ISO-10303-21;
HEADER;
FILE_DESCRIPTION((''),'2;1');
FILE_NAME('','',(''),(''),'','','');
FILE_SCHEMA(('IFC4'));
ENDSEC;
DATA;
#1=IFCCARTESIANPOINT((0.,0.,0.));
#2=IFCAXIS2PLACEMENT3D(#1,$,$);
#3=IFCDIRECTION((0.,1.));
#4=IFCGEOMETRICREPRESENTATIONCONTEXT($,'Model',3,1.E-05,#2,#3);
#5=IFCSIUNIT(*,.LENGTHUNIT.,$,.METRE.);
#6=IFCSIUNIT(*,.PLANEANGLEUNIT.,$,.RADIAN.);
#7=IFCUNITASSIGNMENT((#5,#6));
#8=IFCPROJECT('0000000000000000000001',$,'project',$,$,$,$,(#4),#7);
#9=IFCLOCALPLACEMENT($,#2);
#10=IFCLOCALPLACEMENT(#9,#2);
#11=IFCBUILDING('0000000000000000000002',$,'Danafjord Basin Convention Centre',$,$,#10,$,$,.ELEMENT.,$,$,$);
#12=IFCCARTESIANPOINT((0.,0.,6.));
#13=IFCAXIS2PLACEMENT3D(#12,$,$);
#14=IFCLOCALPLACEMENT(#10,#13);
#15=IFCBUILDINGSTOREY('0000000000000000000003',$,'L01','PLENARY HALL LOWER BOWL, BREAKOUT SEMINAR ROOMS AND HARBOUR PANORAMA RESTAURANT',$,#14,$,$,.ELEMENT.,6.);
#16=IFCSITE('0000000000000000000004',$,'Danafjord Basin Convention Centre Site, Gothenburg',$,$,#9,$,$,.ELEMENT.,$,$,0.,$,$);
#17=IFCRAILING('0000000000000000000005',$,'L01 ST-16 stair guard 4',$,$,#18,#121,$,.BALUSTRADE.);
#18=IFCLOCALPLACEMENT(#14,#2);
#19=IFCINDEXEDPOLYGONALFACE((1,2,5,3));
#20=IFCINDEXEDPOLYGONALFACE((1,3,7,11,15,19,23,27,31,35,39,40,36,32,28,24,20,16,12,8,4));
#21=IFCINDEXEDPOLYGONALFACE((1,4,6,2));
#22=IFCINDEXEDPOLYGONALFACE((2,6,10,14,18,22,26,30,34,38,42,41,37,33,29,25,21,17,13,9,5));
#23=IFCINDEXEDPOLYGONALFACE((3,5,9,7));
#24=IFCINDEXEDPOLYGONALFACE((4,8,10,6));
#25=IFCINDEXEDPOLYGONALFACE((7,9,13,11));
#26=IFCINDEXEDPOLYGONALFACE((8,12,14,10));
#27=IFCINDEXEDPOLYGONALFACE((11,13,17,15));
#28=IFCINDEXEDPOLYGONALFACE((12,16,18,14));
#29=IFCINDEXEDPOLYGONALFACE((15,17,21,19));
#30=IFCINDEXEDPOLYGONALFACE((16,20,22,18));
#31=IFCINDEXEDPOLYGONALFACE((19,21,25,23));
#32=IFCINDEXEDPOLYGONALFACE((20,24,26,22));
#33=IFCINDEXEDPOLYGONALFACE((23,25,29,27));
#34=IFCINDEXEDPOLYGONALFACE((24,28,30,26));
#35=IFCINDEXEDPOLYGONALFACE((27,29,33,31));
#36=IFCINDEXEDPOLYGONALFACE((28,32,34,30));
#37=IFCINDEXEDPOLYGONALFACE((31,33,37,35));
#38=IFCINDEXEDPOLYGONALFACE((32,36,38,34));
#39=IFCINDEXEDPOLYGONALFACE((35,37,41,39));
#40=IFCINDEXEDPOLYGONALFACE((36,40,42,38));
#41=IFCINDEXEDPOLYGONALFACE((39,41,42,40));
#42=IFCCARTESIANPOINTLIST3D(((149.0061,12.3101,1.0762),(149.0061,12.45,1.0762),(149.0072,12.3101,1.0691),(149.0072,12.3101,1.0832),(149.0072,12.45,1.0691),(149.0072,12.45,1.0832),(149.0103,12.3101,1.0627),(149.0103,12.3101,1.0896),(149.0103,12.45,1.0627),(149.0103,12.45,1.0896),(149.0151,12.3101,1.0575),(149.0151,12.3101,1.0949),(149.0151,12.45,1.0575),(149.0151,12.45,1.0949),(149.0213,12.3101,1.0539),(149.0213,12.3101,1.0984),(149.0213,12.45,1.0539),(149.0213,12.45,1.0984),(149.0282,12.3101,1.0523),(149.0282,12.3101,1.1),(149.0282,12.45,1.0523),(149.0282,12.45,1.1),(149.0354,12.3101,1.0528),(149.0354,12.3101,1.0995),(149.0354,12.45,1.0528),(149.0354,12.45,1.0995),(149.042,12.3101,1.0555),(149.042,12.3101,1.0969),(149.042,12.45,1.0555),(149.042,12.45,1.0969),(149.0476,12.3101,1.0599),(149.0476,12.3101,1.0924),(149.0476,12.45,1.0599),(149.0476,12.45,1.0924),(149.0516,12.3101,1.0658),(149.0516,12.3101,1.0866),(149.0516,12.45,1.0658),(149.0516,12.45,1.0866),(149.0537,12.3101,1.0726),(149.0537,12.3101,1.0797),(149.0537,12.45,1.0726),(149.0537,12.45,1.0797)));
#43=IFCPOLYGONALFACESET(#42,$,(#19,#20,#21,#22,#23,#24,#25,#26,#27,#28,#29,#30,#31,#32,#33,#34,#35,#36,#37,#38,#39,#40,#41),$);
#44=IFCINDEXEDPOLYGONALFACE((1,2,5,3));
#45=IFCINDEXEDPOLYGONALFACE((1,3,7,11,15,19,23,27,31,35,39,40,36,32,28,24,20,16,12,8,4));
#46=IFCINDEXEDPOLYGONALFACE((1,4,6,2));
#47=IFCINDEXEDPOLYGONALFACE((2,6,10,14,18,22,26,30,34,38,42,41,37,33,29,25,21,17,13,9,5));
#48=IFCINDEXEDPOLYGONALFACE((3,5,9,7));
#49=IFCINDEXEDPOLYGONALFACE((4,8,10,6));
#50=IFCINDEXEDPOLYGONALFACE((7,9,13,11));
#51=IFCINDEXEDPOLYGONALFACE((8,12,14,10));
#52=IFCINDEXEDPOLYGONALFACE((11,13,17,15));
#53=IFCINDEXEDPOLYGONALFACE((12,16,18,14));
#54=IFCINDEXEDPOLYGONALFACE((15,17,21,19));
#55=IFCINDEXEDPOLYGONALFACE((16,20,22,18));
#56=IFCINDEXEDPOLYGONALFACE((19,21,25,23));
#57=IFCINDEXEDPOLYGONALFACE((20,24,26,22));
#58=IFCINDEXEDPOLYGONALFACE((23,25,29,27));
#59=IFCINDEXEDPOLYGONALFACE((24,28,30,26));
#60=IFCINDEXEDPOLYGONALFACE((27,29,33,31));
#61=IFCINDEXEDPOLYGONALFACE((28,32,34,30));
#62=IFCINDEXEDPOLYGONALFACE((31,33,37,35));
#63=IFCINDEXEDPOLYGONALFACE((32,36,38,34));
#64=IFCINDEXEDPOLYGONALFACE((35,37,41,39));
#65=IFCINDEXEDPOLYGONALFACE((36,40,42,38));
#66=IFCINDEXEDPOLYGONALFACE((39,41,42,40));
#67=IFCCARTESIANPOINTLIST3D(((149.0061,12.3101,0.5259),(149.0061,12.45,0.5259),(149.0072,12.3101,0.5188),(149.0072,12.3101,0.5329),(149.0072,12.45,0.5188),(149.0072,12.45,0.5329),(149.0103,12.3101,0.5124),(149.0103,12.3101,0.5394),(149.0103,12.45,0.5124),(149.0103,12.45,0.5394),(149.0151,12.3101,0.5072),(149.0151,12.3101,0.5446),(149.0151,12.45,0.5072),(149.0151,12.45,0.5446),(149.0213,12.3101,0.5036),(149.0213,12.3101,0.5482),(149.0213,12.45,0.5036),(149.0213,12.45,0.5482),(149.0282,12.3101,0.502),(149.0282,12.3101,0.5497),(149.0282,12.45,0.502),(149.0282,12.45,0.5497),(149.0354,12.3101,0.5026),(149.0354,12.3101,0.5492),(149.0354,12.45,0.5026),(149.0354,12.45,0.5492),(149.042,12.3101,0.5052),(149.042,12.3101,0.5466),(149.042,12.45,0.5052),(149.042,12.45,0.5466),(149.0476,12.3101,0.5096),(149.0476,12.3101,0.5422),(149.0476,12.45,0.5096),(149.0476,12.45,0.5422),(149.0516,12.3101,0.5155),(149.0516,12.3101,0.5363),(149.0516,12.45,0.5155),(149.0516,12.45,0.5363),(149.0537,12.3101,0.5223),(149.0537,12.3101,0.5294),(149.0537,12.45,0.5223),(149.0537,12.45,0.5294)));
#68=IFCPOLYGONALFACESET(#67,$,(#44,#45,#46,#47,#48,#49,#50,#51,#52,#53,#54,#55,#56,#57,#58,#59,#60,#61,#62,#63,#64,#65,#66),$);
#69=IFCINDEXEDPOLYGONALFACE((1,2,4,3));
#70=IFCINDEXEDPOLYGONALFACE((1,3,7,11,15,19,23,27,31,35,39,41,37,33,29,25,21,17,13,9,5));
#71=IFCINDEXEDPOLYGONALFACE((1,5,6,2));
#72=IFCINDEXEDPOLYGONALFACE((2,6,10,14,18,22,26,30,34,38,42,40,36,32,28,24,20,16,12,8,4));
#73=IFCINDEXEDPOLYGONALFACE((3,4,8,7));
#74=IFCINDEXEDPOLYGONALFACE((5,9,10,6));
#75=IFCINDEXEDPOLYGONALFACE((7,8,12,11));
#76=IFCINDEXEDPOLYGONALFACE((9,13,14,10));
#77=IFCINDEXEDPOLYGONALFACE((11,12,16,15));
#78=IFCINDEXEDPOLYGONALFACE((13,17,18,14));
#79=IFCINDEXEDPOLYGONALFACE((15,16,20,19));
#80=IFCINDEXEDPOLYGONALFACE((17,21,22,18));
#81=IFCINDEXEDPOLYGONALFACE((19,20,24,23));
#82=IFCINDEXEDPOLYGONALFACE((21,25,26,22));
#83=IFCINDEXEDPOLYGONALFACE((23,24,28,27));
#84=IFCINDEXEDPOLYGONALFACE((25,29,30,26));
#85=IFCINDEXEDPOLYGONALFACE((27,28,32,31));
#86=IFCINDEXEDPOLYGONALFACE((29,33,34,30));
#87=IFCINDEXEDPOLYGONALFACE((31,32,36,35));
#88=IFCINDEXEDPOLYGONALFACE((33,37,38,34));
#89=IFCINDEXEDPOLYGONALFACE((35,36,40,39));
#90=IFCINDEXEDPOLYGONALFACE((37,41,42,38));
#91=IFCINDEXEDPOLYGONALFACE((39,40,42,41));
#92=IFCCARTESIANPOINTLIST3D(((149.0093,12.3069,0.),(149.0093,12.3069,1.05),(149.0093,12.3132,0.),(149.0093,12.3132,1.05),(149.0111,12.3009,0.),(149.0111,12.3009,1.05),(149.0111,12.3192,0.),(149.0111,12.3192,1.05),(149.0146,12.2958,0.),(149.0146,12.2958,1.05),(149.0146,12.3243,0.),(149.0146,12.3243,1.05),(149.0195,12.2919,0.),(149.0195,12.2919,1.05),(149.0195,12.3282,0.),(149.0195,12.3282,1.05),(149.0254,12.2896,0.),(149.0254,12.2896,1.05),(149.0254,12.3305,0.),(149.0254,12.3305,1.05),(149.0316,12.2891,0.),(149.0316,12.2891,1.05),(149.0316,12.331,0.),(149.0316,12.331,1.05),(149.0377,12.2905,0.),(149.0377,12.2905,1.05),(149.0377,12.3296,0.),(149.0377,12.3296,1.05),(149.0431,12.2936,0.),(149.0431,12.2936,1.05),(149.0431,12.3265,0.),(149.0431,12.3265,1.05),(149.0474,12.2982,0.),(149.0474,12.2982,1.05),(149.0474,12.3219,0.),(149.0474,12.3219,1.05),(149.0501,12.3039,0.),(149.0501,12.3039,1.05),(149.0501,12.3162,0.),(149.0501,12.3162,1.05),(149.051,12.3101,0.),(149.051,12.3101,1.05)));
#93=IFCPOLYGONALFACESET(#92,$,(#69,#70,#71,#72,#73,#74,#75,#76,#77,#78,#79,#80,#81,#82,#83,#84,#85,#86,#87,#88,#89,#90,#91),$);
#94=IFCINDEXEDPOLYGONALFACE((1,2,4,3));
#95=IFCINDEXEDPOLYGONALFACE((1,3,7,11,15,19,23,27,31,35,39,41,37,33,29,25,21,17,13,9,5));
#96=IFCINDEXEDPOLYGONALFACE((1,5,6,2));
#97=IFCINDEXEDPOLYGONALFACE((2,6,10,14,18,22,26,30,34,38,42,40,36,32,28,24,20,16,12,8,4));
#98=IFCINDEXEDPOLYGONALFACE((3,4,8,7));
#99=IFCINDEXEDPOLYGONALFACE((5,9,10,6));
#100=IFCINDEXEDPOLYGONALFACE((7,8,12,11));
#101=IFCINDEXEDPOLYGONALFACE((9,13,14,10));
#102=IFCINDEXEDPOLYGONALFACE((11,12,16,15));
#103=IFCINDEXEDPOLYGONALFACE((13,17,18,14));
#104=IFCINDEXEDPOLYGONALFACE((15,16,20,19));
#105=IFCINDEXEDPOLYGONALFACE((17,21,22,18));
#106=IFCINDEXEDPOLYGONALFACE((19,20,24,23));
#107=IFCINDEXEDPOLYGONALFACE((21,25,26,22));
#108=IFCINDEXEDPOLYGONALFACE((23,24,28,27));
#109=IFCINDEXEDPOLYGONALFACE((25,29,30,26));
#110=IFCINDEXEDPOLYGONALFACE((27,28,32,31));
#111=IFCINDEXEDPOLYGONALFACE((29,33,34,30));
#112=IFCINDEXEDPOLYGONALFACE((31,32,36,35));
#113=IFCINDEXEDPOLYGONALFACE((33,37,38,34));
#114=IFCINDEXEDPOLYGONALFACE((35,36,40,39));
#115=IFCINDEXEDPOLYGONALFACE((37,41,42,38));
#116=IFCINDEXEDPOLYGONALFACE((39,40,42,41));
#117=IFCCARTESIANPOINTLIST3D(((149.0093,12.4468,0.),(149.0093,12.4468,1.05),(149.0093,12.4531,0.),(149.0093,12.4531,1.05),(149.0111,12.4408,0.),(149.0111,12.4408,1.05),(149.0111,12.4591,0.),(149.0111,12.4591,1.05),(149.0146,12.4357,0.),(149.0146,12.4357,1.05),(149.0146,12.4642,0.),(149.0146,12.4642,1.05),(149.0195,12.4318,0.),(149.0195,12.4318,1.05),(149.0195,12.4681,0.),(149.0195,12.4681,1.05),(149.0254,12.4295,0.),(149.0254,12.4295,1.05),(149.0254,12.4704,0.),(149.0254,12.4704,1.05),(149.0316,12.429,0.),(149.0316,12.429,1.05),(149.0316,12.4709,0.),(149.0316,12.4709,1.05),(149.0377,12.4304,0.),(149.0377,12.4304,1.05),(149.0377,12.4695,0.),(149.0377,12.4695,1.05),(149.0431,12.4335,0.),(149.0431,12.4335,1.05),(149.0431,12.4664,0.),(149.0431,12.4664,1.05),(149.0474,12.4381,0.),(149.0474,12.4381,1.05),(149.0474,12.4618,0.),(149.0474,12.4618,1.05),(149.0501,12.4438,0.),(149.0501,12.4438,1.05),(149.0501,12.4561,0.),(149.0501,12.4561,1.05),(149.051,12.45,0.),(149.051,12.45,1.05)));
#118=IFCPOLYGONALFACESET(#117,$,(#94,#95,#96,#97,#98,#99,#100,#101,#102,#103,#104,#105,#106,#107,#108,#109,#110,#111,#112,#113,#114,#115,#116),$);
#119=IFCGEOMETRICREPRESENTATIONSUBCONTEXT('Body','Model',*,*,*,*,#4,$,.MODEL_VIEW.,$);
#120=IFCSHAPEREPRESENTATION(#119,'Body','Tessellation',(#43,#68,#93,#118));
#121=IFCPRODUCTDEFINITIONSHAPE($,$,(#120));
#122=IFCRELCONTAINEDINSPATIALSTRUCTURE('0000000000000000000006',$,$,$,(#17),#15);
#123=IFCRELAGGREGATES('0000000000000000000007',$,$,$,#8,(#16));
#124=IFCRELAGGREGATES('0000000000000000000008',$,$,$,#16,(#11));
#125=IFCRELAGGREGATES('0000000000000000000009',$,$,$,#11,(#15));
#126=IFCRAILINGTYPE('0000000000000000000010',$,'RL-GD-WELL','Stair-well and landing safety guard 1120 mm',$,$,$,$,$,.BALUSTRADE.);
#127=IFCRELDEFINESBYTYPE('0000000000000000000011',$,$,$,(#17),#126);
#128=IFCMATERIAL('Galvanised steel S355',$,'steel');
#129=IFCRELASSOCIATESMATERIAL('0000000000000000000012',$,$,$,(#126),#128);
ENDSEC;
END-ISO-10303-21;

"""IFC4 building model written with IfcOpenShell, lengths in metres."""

from ifc_helpers import new_model, si_unit, direction, frame, origin, origin_2d, place, context, subcontext, project, spatial, circle, extrude, material, type_object, element, save


model = new_model("IFC4")

# Units and contexts
model_context = context("Model", 3, precision=1e-05, world=origin(), true_north=direction((0.0, 1.0)))
body_context = subcontext(model_context, "Body", "Model", "MODEL_VIEW")
ifc_project = project(units=[si_unit("LENGTHUNIT", "METRE"), si_unit("PLANEANGLEUNIT", "RADIAN")], contexts=[model_context])

# Site, building, storey
site_placement = place(None, origin())
site = spatial("IfcSite", under=ifc_project, at=site_placement, Name="Danafjord Basin Convention Centre Site, Gothenburg", CompositionType="ELEMENT", RefElevation=0.0)
building_placement = place(site_placement, origin())
building = spatial("IfcBuilding", under=site, at=building_placement, Name="Danafjord Basin Convention Centre", CompositionType="ELEMENT")
storey_placement = place(building_placement, frame((0.0, 0.0, 6.0)))
storey = spatial("IfcBuildingStorey", under=building, at=storey_placement, Name="L01", Description="PLENARY HALL LOWER BOWL, BREAKOUT SEMINAR ROOMS AND HARBOUR PANORAMA RESTAURANT", CompositionType="ELEMENT", Elevation=6.0)

# Railing
ifc_material_1 = material(Name="Galvanised steel S355", Category="steel")
railing_type_1 = type_object("IfcRailingType", Name="RL-GD-WELL", Description="Stair-well and landing safety guard 1120 mm", PredefinedType="BALUSTRADE", material=ifc_material_1)
railing_1_placement = place(storey_placement, frame((149.03, 12.3101, 0.0)))
element("IfcRailing", 1, at=railing_1_placement, inside=storey, type_object=railing_type_1, Name="L01 ST-16 stair guard 4", PredefinedType="BALUSTRADE", context=body_context, shape_type="SweptSolid", body=[
    extrude(circle(Radius=0.0239, at=origin_2d()), frame((0.0, 0.0, 1.0762), z_axis=(0.0, 1.0, 0.0), x_axis=(-1.0, 0.0, 0.0)), (0.0, 0.0, 1.0), 0.1399),
    extrude(circle(Radius=0.0239, at=origin_2d()), frame((0.0, 0.0, 0.5259), z_axis=(0.0, 1.0, 0.0), x_axis=(-1.0, 0.0, 0.0)), (0.0, 0.0, 1.0), 0.1399),
    extrude(circle(Radius=0.021, at=origin_2d()), origin(), (0.0, 0.0, 1.0), 1.05),
    extrude(circle(Radius=0.021, at=origin_2d()), frame((0.0, 0.1399, 0.0)), (0.0, 0.0, 1.0), 1.05),
])

save(model, "model.ifc")
